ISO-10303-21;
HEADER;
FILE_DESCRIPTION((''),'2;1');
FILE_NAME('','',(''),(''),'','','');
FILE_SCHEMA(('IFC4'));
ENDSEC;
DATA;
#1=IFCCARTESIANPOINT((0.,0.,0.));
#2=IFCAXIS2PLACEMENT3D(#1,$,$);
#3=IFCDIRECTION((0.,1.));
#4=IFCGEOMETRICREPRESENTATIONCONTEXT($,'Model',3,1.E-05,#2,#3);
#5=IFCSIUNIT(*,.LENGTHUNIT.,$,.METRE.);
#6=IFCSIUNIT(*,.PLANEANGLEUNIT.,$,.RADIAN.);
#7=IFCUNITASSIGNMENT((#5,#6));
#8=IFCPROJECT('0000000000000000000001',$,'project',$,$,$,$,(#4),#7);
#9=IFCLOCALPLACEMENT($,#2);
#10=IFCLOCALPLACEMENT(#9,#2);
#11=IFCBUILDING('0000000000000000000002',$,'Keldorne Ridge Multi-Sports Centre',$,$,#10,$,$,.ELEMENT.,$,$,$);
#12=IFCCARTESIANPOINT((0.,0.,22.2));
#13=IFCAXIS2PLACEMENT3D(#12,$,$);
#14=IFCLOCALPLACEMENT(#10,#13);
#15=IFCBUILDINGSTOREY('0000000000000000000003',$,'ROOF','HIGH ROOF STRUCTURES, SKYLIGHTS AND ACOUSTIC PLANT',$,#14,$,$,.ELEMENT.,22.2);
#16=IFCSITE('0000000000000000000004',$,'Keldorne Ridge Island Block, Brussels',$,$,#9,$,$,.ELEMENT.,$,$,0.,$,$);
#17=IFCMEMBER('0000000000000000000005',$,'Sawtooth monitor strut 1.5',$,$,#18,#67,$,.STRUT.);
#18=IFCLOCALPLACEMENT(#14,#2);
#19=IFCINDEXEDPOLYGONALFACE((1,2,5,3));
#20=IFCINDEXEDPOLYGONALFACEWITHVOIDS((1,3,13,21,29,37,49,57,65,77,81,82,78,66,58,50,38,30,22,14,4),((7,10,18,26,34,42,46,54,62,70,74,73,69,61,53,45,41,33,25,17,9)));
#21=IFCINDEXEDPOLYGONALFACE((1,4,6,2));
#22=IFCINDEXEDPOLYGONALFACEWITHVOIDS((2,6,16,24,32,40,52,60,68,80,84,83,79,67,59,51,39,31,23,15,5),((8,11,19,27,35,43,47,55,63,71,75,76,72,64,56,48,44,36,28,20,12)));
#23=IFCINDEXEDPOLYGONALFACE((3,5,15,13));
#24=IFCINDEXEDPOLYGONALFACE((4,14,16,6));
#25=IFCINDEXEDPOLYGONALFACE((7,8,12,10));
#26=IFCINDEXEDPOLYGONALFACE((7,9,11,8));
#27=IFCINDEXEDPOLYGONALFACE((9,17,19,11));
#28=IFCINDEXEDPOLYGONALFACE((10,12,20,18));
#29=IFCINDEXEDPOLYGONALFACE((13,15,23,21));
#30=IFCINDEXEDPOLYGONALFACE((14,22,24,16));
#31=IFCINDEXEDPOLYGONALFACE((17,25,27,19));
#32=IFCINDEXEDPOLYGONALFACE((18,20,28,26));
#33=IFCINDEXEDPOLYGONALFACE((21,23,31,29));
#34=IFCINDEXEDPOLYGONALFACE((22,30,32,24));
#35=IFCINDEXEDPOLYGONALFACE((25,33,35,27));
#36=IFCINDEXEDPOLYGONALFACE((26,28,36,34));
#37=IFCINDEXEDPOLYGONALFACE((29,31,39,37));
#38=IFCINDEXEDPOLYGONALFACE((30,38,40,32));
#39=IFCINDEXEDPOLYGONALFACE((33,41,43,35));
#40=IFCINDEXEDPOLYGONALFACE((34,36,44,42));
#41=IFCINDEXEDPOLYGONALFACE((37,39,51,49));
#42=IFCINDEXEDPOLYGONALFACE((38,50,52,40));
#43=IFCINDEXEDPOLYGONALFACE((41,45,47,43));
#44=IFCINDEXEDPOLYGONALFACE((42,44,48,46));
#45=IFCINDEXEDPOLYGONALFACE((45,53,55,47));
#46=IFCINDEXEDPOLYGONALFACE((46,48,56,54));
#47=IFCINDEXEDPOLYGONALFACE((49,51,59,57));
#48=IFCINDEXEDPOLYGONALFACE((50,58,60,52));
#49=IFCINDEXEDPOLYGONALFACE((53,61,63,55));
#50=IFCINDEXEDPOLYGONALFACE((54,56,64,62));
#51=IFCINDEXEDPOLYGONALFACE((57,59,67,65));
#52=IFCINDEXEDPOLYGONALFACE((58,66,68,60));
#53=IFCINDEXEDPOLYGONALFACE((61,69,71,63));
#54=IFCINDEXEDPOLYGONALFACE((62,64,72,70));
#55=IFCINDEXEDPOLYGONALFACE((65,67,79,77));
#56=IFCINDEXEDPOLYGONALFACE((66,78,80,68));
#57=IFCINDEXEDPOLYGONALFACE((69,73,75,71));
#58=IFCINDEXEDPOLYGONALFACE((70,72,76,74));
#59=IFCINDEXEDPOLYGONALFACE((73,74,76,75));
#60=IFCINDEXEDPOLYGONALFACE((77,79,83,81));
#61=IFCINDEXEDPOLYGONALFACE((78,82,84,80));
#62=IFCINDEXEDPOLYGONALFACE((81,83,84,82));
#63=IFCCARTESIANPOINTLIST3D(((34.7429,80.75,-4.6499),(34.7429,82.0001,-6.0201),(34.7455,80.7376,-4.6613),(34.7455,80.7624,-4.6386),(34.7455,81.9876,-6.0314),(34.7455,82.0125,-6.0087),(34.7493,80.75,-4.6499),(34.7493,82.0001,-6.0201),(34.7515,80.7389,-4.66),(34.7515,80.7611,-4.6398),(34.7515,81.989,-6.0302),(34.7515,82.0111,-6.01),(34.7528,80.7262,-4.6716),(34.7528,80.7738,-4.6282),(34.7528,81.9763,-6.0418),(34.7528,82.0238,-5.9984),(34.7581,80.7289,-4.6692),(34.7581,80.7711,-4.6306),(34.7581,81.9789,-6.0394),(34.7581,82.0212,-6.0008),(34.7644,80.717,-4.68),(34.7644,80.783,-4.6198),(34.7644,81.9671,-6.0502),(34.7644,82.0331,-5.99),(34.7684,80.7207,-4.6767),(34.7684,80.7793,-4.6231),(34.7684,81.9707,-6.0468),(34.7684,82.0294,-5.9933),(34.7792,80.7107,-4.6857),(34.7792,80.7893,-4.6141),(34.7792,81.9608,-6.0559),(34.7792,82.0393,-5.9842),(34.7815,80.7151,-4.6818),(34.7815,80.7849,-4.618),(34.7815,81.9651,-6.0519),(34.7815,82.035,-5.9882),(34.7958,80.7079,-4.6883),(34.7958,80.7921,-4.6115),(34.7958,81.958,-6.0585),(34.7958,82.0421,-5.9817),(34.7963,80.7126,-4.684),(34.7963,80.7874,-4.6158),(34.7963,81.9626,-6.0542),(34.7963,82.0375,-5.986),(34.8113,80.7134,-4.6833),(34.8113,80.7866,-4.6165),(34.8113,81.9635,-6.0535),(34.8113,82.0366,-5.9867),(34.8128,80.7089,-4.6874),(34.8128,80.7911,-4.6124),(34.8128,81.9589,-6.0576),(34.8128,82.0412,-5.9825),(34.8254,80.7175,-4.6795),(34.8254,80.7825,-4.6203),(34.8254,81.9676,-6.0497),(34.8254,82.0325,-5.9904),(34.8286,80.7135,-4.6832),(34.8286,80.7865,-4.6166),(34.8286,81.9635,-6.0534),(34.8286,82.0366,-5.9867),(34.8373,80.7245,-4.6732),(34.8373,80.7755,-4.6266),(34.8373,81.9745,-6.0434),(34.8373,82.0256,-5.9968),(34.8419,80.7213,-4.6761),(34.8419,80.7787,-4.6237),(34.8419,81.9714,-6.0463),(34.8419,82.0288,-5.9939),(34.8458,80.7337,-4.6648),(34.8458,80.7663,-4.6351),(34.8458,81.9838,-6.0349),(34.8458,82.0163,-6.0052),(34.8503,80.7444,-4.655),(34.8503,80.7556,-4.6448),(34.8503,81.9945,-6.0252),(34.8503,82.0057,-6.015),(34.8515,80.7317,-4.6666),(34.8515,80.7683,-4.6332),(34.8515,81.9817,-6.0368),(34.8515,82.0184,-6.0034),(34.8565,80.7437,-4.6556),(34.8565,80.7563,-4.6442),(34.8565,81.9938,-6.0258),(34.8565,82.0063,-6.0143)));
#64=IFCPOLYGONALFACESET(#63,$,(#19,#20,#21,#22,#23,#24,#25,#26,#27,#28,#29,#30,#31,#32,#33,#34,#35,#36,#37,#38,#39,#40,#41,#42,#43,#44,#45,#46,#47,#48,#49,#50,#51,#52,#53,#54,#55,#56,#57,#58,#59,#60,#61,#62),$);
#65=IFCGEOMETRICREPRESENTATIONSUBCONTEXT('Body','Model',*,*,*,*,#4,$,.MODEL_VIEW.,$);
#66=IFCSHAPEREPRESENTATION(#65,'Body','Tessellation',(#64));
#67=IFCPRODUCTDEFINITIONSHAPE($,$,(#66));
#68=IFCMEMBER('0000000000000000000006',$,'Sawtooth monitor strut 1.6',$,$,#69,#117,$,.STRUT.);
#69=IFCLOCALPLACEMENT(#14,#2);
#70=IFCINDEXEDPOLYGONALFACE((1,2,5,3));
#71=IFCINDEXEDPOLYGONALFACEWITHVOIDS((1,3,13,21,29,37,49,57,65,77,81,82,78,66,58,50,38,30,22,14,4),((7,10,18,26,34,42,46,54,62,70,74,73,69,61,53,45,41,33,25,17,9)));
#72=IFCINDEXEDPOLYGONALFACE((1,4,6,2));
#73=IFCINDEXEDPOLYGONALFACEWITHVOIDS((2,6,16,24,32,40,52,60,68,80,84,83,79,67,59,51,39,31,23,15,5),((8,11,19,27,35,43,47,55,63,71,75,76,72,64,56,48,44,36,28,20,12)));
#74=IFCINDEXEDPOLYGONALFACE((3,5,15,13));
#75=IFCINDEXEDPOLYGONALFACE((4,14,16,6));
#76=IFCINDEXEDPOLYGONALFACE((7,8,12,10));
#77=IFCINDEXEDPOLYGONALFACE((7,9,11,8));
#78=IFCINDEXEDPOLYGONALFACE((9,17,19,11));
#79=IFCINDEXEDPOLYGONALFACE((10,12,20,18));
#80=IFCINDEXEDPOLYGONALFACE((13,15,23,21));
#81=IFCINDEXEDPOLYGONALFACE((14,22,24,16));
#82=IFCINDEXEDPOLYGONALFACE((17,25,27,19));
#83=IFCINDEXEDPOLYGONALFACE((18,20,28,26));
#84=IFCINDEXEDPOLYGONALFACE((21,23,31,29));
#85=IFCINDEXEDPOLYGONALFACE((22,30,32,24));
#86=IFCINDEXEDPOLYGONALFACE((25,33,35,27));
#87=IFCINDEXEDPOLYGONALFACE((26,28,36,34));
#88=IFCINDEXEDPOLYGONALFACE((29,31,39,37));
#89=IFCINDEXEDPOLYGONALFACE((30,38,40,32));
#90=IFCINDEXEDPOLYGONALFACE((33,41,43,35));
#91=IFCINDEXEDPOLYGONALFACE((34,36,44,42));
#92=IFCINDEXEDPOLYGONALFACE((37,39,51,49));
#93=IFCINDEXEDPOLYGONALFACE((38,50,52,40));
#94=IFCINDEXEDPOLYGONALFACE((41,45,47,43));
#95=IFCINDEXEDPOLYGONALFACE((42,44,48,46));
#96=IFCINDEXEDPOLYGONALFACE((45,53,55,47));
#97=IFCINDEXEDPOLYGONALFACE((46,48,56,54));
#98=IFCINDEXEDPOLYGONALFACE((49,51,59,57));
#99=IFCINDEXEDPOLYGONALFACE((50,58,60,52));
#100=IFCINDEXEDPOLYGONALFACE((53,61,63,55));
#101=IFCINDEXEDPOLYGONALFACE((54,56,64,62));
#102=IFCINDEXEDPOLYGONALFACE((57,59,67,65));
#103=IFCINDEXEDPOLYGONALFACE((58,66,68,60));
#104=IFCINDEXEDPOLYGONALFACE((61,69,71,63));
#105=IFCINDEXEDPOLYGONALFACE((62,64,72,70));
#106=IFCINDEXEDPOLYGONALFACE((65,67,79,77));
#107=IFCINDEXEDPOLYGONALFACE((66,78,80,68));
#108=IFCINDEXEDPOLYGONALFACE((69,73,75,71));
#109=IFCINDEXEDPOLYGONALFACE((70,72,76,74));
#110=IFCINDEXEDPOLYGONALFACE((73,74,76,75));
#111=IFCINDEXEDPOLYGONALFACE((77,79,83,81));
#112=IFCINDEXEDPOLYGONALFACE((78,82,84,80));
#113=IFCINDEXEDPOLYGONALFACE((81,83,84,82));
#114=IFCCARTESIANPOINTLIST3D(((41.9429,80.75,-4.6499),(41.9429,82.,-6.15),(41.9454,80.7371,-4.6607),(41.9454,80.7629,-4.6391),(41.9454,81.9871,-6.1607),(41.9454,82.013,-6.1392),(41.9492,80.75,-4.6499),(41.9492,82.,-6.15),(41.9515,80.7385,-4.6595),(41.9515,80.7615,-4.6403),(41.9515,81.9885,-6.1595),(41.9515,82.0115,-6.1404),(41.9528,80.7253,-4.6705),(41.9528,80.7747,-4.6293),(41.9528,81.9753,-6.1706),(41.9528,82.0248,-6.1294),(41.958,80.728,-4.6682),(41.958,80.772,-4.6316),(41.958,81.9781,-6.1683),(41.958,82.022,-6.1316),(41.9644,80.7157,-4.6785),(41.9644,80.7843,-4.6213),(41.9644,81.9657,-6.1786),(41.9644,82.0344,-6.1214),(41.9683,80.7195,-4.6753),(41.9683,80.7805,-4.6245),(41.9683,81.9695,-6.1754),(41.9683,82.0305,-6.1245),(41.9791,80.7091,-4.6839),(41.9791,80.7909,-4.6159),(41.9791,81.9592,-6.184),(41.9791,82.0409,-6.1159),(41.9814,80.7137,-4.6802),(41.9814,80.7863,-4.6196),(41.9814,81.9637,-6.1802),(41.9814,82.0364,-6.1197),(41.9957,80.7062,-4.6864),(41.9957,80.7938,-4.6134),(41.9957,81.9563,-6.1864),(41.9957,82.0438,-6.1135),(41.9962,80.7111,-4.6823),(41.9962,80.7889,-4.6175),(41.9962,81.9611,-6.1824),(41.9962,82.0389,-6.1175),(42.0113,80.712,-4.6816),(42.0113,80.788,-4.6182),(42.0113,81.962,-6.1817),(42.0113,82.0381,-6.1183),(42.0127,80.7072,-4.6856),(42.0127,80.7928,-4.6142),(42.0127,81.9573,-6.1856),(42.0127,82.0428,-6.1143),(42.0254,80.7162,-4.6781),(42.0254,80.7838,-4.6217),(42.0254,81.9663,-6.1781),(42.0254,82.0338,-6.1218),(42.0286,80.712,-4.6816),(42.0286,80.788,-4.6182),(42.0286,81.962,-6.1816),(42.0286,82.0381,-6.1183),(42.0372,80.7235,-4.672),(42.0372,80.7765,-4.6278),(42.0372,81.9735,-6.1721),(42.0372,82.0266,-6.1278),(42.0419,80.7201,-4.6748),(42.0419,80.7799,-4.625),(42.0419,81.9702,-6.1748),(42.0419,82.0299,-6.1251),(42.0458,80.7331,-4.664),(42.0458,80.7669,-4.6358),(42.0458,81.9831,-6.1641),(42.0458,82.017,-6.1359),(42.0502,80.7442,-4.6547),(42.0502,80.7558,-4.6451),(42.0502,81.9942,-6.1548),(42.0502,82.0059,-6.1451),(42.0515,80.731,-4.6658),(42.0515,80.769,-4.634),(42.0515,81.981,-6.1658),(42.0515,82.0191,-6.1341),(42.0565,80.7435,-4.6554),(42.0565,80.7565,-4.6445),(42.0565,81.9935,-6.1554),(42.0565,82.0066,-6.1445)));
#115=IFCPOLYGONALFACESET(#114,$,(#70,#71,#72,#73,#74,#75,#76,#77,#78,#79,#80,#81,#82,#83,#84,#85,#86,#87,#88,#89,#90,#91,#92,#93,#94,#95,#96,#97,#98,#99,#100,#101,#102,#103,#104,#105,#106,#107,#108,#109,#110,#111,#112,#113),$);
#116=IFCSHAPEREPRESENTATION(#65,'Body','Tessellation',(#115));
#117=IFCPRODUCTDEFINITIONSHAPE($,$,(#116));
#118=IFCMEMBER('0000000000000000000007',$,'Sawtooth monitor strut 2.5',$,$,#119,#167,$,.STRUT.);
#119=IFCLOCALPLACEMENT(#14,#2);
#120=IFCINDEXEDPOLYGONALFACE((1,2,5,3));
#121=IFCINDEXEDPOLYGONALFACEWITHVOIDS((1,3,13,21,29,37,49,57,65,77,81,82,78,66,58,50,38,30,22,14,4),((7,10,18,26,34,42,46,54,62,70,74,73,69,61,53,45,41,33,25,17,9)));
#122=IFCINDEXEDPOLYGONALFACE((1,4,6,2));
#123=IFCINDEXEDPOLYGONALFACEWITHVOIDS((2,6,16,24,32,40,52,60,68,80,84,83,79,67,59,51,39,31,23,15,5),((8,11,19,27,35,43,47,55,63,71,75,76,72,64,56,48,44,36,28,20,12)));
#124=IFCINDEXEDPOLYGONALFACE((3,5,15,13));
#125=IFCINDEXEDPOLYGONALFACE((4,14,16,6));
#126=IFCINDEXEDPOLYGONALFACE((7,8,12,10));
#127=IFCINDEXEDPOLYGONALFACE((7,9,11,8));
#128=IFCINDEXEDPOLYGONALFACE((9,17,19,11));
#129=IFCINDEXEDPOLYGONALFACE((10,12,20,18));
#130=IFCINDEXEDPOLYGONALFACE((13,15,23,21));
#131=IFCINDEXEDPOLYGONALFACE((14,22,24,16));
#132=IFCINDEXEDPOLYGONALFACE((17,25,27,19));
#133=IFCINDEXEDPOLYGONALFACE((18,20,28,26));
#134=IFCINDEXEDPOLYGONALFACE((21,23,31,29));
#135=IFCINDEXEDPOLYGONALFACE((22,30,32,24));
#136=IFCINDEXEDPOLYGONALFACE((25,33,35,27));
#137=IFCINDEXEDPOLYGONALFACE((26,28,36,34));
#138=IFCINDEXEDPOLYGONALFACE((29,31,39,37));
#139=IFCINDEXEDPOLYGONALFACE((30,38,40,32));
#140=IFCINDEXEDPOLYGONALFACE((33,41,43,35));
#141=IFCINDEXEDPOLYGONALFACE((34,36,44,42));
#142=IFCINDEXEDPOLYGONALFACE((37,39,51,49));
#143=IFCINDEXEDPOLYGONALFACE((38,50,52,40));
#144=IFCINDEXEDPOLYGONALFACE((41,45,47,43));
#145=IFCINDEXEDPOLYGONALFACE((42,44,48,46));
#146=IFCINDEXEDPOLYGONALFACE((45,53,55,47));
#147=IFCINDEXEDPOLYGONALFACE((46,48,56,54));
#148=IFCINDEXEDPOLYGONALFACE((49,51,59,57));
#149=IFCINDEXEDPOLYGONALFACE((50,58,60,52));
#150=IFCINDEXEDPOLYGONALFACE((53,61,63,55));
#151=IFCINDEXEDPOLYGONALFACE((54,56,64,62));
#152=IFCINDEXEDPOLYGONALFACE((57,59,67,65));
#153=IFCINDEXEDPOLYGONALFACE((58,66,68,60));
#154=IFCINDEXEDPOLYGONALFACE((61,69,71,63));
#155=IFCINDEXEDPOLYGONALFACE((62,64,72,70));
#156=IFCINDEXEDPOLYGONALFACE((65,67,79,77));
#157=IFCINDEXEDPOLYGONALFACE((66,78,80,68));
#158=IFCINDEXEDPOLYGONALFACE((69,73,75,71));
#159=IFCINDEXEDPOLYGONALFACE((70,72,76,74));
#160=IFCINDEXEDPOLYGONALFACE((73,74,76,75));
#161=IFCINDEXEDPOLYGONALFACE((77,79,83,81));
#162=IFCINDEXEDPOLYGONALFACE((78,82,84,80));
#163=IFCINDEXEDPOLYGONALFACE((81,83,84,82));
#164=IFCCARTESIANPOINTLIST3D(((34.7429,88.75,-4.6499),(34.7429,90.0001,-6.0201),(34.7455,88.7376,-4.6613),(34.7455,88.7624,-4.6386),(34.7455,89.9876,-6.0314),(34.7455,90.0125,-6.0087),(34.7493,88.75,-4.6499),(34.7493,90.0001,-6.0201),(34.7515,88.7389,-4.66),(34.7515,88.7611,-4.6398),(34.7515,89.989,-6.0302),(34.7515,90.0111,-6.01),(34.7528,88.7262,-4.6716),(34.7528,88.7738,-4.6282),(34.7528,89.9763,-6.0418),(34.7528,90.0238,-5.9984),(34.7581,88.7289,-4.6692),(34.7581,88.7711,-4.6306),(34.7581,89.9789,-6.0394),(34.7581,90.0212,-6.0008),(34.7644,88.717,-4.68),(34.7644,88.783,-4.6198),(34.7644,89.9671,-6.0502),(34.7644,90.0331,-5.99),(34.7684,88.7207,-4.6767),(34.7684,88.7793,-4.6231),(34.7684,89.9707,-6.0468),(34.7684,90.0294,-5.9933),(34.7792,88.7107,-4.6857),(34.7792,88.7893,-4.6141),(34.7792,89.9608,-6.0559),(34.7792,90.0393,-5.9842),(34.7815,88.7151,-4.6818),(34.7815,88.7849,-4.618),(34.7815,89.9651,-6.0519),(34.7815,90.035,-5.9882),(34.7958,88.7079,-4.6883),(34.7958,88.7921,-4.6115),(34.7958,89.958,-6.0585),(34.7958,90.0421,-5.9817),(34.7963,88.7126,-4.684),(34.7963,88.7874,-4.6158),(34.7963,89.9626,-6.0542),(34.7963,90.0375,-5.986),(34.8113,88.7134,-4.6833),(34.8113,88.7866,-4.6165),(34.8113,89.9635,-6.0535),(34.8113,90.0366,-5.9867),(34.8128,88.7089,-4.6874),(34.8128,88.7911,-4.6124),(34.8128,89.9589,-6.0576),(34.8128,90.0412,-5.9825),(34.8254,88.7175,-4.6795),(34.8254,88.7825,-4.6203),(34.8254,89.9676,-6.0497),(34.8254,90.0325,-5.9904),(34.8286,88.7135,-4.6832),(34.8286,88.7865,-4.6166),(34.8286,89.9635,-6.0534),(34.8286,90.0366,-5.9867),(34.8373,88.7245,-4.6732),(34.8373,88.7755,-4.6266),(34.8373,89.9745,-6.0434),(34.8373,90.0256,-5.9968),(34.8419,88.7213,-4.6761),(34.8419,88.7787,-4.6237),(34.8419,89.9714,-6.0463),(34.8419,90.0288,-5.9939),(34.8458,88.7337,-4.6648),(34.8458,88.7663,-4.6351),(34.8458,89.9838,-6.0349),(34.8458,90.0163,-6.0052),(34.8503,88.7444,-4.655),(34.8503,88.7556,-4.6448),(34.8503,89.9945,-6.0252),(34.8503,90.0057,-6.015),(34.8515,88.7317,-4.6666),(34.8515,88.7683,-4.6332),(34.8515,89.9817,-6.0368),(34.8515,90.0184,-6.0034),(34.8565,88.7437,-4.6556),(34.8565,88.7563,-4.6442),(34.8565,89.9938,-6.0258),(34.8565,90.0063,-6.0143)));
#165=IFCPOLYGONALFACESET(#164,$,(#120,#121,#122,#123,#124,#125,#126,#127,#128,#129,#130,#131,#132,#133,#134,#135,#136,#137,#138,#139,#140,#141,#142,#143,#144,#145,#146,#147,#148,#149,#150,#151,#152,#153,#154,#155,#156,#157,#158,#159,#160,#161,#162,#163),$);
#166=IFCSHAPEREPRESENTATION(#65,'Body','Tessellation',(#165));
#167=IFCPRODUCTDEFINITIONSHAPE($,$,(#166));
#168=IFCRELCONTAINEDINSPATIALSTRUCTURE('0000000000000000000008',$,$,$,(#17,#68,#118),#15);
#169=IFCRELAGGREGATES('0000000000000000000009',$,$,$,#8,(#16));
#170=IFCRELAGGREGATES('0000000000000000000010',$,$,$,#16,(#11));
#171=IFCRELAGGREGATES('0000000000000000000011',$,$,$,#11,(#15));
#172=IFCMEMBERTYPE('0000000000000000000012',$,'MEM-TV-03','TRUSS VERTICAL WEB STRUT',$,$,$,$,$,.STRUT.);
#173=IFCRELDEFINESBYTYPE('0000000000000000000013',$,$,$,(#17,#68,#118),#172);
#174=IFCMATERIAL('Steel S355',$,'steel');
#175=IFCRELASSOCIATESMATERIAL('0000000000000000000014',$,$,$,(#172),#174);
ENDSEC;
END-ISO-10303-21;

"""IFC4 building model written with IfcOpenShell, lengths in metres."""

from ifc_helpers import new_model, si_unit, direction, frame, origin, origin_2d, place, context, subcontext, project, spatial, hollow_circle, extrude, material, material_profile, profile_set, type_object, element, save


model = new_model("IFC4")

# Units and contexts
model_context = context("Model", 3, precision=1e-05, world=origin(), true_north=direction((0.0, 1.0)))
body_context = subcontext(model_context, "Body", "Model", "MODEL_VIEW")
ifc_project = project(units=[si_unit("LENGTHUNIT", "METRE"), si_unit("PLANEANGLEUNIT", "RADIAN")], contexts=[model_context])

# Site, building, storey
site_placement = place(None, origin())
site = spatial("IfcSite", under=ifc_project, at=site_placement, Name="Keldorne Ridge Island Block, Brussels", CompositionType="ELEMENT", RefElevation=0.0)
building_placement = place(site_placement, origin())
building = spatial("IfcBuilding", under=site, at=building_placement, Name="Keldorne Ridge Multi-Sports Centre", CompositionType="ELEMENT")
storey_placement = place(building_placement, frame((0.0, 0.0, 22.2)))
storey = spatial("IfcBuildingStorey", under=building, at=storey_placement, Name="ROOF", Description="HIGH ROOF STRUCTURES, SKYLIGHTS AND ACOUSTIC PLANT", CompositionType="ELEMENT", Elevation=22.2)

# Shared definitions
ifc_material_1 = material(Name="Steel S355", Category="steel")

# Members
ifc_material_profile_1 = material_profile(ifc_material_1, hollow_circle(Radius=0.0571, WallThickness=0.0063, at=origin_2d()), Name="CHS 114.3x6.3")
ifc_profile_set_1 = profile_set([ifc_material_profile_1], Name="Steel S355")
member_type_1 = type_object("IfcMemberType", Name="MEM-TV-03", Description="TRUSS VERTICAL WEB STRUT", PredefinedType="STRUT", material=ifc_profile_set_1)
member_1_placement = place(storey_placement, frame((34.8, 80.75, -4.6499), z_axis=(0.0, 0.673982, -0.738748), x_axis=(-1.0, 0.0, 0.0)))
element("IfcMember", 1, at=member_1_placement, inside=storey, type_object=member_type_1, Name="Sawtooth monitor strut 1.5", PredefinedType="STRUT", context=body_context, shape_type="SweptSolid", body=[
    extrude(hollow_circle(Radius=0.0571, WallThickness=0.0063, at=origin_2d()), origin(), (0.0, 0.0, 1.0), 1.8547),
])
member_2_placement = place(storey_placement, frame((42.0, 80.75, -4.6499), z_axis=(0.0, 0.640184, -0.768221), x_axis=(-1.0, 0.0, 0.0)))
element("IfcMember", 2, at=member_2_placement, inside=storey, type_object=member_type_1, Name="Sawtooth monitor strut 1.6", PredefinedType="STRUT", context=body_context, shape_type="SweptSolid", body=[
    extrude(hollow_circle(Radius=0.0571, WallThickness=0.0063, at=origin_2d()), origin(), (0.0, 0.0, 1.0), 1.9526),
])
member_3_placement = place(storey_placement, frame((34.8, 88.75, -4.6499), z_axis=(0.0, 0.673982, -0.738748), x_axis=(-1.0, 0.0, 0.0)))
element("IfcMember", 3, at=member_3_placement, inside=storey, type_object=member_type_1, Name="Sawtooth monitor strut 2.5", PredefinedType="STRUT", context=body_context, shape_type="SweptSolid", body=[
    extrude(hollow_circle(Radius=0.0571, WallThickness=0.0063, at=origin_2d()), origin(), (0.0, 0.0, 1.0), 1.8547),
])

save(model, "model.ifc")
